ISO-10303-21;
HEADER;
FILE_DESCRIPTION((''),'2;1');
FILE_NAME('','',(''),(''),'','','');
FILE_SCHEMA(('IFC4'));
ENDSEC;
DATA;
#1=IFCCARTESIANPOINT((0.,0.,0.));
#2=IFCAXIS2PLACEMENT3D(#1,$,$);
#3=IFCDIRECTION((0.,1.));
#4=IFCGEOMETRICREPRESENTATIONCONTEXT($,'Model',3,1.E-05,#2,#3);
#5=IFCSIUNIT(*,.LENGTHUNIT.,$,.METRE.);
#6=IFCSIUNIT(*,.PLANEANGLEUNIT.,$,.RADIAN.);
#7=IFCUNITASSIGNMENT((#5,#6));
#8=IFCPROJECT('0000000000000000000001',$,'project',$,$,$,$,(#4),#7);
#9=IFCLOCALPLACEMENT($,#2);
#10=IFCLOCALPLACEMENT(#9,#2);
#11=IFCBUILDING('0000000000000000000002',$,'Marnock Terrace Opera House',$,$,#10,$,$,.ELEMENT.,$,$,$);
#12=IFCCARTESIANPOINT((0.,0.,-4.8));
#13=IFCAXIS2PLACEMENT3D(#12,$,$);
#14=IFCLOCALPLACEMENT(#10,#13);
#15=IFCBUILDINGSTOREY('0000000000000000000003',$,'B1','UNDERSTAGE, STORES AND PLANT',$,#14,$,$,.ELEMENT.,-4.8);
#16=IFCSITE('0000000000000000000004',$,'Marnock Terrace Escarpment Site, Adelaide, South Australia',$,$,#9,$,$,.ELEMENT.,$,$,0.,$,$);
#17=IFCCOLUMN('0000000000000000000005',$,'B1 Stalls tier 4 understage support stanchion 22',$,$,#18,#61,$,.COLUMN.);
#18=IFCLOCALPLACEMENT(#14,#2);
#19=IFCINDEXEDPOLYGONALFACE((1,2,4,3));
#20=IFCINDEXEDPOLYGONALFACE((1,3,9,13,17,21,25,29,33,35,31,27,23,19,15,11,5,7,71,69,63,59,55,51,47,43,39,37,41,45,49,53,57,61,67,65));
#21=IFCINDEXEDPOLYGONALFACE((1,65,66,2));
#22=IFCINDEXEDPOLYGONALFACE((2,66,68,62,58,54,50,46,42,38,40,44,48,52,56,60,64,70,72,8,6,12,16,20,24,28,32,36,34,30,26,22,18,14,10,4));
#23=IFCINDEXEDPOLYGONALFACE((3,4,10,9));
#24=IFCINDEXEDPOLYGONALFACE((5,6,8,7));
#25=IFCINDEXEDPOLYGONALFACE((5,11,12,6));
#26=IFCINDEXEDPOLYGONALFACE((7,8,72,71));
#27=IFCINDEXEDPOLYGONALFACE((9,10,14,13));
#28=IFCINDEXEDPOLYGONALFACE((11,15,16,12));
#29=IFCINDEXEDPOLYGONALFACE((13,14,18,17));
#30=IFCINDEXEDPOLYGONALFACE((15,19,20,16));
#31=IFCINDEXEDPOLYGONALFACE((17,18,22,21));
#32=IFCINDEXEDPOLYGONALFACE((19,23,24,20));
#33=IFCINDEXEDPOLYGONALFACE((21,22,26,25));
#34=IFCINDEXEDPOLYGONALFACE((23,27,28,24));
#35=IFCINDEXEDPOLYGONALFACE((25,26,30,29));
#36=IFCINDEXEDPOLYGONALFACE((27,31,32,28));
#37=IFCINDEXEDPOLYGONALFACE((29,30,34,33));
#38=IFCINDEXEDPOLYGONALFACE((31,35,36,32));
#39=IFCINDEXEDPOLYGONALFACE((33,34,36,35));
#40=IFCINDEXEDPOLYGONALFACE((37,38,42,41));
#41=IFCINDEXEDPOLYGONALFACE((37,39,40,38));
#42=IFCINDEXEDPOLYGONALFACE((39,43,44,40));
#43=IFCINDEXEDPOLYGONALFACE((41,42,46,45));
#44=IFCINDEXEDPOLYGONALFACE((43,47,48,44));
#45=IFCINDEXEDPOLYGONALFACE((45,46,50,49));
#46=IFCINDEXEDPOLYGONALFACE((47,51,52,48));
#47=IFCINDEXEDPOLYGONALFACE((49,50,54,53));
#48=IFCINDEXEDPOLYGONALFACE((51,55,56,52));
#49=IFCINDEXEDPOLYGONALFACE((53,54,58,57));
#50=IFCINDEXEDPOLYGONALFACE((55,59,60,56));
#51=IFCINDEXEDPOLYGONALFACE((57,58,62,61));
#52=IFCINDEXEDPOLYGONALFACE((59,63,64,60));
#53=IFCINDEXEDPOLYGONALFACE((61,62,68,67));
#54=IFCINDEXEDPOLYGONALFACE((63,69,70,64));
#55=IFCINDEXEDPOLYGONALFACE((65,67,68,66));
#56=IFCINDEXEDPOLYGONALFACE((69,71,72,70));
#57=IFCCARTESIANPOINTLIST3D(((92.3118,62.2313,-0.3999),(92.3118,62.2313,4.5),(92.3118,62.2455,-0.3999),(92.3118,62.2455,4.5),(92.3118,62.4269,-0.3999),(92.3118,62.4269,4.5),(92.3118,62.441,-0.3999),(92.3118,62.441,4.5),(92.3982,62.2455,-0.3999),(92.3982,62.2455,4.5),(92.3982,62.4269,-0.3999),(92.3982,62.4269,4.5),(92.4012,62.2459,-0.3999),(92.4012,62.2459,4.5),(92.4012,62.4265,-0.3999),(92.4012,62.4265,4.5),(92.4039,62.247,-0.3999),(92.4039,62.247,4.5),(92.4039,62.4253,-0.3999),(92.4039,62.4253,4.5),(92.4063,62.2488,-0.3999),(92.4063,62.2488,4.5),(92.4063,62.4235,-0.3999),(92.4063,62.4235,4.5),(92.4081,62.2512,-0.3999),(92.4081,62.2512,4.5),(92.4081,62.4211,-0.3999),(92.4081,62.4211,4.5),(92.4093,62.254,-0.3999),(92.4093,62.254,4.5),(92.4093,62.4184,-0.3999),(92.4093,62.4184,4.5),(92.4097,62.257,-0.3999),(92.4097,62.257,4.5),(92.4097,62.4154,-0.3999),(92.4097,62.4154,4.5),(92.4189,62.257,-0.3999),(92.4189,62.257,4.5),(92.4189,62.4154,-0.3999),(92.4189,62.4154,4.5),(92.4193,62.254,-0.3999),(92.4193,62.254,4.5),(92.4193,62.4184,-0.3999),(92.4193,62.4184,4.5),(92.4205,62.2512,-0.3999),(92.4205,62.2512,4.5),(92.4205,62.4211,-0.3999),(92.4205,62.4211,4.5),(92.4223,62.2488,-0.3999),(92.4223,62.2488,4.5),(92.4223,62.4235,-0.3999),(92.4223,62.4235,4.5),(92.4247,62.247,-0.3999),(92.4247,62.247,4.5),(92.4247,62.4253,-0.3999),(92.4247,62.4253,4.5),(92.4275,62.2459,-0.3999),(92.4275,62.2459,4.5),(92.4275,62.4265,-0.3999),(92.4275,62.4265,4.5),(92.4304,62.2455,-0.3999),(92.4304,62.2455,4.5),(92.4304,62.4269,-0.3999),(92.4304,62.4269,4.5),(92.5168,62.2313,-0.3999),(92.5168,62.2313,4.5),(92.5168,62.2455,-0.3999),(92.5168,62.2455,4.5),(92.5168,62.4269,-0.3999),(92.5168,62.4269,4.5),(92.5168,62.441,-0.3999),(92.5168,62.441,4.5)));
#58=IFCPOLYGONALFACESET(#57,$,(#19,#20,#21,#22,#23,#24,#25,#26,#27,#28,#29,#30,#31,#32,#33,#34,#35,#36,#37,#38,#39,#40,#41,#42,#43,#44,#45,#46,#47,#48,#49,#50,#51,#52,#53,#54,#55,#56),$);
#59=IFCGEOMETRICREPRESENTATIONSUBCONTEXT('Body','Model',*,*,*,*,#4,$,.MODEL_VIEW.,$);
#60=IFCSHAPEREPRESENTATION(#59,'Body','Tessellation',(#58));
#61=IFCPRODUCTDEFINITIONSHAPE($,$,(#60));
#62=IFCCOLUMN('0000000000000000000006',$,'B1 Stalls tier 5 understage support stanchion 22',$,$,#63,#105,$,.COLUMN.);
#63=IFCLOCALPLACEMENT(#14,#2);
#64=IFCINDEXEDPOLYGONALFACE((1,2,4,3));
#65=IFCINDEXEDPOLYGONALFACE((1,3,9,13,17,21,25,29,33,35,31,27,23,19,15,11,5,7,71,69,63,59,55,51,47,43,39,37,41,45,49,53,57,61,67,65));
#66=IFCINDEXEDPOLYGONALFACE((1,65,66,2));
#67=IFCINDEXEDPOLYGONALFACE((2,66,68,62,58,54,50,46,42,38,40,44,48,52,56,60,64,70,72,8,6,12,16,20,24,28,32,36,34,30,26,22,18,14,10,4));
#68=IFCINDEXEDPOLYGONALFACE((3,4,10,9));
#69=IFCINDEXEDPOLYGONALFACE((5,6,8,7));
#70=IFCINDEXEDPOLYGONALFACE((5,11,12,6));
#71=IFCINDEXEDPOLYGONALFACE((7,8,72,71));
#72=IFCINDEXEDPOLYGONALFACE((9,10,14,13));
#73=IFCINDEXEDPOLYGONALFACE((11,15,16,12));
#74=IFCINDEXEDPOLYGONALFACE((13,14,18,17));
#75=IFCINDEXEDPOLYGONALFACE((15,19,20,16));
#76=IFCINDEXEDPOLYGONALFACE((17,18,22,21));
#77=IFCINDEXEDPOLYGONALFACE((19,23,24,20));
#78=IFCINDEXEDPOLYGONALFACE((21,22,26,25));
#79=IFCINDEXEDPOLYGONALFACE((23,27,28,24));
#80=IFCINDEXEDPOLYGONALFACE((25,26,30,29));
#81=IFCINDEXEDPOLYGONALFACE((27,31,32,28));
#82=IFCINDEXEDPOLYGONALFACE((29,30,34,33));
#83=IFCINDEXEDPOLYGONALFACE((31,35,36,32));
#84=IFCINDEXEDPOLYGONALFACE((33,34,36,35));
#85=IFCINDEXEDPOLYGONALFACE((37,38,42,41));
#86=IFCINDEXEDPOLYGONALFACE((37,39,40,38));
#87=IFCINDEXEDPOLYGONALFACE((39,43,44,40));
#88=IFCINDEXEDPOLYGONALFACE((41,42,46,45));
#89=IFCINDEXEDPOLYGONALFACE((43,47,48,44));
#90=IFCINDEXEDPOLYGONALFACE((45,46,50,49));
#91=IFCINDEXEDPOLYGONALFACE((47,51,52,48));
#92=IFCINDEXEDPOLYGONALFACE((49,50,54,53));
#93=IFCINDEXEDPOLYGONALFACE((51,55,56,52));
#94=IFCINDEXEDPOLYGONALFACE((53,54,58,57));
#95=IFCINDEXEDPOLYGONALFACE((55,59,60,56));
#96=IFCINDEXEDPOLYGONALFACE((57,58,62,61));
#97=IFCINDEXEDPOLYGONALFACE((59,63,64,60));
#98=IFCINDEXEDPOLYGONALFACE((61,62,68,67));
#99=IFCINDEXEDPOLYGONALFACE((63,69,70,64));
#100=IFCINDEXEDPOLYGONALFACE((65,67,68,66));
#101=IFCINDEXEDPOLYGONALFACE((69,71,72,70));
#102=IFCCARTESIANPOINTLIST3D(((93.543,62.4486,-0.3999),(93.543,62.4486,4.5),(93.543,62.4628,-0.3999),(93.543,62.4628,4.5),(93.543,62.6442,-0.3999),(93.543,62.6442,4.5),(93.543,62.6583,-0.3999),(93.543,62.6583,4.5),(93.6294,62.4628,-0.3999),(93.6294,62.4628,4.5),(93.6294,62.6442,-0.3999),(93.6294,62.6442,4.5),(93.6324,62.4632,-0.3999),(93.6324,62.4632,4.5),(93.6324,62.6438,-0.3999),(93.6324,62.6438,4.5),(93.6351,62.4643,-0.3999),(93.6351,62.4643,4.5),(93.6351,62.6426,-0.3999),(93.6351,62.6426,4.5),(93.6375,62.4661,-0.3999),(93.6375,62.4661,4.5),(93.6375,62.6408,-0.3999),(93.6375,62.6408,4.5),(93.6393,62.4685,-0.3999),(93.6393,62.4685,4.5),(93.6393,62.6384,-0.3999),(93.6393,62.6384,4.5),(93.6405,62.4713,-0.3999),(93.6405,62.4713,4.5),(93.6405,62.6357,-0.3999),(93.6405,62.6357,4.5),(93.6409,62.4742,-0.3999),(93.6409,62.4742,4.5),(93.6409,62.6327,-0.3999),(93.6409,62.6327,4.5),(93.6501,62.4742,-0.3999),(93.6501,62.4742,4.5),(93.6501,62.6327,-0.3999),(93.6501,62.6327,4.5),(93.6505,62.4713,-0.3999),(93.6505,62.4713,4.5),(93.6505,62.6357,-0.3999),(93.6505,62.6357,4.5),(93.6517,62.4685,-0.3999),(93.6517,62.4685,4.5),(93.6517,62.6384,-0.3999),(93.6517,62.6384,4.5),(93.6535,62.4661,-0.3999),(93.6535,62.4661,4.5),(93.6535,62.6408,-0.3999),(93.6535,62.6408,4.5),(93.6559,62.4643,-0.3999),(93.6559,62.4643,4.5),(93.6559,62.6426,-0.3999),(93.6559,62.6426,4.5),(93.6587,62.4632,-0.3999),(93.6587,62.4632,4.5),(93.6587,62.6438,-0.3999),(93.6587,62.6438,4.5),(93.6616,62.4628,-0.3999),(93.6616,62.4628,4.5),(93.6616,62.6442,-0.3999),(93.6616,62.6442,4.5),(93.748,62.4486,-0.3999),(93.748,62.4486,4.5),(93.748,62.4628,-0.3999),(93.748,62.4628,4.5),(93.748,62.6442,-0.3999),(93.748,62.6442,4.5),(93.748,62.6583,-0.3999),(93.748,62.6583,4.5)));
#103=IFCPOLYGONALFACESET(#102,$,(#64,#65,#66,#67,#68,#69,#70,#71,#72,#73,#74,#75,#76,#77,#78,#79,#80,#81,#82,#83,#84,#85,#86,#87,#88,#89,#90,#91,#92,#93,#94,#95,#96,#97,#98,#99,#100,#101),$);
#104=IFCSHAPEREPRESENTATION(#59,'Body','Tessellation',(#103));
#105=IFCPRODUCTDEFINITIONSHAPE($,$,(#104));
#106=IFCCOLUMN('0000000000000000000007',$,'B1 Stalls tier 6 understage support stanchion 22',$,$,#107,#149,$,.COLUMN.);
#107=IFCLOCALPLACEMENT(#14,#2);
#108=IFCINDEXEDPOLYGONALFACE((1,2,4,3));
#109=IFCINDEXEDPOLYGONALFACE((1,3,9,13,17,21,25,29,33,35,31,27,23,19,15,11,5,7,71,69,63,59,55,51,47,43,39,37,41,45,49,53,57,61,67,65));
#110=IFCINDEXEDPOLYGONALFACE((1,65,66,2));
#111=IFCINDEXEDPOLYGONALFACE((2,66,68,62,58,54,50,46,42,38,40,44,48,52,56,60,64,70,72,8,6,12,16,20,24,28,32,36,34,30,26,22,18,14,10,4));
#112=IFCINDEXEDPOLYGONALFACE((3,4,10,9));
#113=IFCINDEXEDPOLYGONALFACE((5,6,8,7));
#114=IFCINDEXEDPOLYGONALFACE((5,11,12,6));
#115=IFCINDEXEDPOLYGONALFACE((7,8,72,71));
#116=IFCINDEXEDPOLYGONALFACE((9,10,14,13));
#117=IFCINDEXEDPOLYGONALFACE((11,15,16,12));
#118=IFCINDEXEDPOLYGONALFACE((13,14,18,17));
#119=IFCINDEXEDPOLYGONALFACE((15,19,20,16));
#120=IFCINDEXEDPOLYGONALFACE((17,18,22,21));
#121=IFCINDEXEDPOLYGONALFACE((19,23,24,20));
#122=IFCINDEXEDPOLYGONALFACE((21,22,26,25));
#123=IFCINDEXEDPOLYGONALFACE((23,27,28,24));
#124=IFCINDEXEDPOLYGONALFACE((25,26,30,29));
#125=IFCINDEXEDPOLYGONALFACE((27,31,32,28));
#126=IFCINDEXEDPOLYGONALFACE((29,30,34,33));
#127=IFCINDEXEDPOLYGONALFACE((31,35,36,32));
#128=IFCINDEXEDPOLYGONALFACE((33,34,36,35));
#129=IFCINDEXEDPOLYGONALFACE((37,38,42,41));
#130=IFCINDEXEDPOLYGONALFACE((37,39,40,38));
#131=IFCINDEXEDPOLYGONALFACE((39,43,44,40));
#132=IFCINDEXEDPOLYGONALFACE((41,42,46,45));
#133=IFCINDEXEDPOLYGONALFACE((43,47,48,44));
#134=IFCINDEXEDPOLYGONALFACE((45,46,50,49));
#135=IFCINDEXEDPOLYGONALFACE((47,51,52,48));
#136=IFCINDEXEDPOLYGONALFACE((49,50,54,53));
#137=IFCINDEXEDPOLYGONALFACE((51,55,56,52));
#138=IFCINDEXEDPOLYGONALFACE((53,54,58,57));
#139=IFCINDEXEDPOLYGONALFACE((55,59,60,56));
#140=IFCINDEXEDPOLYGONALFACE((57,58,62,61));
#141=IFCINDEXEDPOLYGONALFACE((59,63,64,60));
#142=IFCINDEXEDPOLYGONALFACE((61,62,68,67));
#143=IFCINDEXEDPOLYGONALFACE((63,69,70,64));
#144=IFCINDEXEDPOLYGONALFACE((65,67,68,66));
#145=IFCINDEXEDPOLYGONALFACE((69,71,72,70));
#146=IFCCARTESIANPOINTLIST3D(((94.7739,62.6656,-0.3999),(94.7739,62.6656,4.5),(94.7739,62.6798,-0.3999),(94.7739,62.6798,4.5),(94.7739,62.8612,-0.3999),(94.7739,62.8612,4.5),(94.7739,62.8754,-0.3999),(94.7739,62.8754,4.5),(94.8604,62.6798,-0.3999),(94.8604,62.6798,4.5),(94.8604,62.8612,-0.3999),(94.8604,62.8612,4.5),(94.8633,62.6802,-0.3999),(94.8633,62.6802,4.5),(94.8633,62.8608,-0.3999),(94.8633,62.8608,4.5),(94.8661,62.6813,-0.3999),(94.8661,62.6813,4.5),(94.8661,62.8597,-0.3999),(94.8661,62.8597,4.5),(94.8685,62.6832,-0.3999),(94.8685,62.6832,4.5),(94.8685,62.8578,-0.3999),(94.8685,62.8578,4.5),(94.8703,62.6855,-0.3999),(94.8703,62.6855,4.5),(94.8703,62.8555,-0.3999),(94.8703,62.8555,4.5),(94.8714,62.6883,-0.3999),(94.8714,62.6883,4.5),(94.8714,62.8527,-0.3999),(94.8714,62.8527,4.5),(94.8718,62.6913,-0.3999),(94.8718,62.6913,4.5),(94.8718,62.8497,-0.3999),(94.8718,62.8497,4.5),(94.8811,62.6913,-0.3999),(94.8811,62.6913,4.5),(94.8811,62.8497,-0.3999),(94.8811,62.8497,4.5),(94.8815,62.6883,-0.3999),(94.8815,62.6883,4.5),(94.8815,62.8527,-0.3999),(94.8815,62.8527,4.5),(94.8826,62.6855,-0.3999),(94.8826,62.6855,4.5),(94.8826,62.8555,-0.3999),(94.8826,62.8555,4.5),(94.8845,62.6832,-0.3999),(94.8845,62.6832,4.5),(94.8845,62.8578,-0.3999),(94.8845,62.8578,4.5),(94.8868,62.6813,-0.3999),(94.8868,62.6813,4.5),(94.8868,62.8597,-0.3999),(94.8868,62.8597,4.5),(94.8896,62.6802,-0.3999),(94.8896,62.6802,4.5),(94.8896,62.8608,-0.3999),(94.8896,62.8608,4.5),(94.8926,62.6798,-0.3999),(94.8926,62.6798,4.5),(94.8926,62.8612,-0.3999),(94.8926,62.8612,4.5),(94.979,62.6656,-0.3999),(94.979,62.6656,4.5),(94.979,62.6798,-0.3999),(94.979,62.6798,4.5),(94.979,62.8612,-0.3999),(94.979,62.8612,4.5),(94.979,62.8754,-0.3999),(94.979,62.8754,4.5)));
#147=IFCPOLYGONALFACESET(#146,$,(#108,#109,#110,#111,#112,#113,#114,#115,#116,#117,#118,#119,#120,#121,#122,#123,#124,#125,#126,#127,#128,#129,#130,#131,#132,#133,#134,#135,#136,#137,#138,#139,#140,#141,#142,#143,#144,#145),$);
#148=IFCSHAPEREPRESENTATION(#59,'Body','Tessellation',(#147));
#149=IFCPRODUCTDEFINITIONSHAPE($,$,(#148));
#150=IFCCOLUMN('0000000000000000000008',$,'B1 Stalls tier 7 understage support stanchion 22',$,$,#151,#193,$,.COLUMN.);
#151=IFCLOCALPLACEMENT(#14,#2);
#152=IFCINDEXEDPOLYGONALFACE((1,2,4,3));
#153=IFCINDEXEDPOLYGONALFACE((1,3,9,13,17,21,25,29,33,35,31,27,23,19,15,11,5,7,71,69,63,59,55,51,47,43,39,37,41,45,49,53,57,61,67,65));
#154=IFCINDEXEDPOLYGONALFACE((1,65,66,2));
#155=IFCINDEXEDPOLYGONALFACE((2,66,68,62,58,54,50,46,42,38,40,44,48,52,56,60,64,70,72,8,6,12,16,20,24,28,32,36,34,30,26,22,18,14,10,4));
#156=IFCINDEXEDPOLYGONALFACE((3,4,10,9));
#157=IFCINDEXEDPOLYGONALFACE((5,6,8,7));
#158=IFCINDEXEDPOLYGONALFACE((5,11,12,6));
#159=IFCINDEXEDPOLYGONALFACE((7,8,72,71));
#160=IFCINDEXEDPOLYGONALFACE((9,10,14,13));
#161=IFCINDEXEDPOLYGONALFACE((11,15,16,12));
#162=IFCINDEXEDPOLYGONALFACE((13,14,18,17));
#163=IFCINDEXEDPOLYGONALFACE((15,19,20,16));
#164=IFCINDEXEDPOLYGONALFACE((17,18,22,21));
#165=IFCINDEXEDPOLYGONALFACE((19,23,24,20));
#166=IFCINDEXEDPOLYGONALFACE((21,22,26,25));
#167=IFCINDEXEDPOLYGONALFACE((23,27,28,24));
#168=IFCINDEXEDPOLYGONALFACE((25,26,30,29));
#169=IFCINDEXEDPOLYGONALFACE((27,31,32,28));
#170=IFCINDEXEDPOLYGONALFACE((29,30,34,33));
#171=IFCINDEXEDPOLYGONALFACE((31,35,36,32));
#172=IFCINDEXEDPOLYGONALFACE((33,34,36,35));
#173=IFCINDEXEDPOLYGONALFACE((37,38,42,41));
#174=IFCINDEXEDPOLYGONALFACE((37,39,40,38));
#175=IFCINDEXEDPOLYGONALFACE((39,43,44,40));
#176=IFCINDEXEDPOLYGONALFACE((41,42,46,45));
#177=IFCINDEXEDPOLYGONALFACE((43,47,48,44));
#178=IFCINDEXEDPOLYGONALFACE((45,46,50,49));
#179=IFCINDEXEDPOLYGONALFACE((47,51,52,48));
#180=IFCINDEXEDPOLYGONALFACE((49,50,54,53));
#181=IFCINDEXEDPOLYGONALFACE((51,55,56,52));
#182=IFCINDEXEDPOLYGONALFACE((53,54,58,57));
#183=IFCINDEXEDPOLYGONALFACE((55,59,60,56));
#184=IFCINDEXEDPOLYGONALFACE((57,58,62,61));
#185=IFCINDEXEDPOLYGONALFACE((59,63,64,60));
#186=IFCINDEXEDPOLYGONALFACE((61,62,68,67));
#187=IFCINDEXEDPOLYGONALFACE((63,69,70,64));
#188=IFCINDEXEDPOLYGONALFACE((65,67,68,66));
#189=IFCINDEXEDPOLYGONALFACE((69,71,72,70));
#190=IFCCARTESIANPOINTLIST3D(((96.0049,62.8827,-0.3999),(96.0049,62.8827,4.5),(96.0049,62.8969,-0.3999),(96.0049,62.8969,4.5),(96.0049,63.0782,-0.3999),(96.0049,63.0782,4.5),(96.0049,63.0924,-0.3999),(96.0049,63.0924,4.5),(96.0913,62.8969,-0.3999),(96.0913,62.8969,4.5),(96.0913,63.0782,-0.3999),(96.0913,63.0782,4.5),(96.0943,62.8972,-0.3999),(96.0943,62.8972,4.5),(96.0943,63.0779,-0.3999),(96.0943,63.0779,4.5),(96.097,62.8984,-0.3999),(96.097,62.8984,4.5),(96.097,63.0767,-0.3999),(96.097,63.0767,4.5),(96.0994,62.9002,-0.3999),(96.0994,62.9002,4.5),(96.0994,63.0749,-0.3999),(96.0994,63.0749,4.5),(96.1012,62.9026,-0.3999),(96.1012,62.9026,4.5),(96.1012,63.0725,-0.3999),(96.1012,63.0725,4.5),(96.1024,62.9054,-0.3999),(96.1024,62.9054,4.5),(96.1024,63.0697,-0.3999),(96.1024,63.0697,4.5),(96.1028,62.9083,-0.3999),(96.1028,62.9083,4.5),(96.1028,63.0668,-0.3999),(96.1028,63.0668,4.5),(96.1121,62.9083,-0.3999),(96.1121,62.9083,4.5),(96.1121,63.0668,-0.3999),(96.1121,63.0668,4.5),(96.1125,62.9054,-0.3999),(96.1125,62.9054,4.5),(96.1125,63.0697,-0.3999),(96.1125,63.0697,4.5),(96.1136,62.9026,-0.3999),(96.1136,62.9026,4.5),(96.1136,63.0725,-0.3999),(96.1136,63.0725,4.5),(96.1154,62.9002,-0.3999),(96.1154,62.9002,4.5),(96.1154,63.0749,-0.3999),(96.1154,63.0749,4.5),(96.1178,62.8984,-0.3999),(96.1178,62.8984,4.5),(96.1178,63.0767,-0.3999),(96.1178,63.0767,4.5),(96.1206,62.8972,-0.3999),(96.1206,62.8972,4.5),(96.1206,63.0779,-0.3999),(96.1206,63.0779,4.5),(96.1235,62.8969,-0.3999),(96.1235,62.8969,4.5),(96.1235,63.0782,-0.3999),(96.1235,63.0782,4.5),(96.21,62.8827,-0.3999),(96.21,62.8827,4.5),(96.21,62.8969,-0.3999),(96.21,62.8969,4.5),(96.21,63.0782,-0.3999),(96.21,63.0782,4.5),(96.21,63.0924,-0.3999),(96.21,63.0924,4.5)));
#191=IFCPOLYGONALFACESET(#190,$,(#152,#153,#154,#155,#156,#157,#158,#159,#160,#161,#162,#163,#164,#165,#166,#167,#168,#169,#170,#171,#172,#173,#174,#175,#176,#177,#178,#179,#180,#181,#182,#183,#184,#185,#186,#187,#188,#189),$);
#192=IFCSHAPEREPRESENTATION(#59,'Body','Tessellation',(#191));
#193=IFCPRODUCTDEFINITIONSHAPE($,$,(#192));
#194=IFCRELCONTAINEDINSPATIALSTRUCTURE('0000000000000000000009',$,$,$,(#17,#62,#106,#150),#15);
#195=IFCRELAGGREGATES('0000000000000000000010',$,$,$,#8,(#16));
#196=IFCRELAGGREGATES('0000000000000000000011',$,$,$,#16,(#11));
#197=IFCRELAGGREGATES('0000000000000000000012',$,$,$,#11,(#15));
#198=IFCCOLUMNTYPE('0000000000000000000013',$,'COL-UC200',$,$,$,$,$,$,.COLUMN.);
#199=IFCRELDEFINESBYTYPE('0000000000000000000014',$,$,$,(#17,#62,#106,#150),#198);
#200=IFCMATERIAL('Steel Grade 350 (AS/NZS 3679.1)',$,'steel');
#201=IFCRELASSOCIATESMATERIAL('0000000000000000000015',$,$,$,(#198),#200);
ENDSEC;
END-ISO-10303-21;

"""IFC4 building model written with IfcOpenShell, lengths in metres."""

from ifc_helpers import new_model, si_unit, direction, frame, origin, origin_2d, place, context, subcontext, project, spatial, i_section, extrude, material, material_profile, profile_set, type_object, element, save


model = new_model("IFC4")

# Units and contexts
model_context = context("Model", 3, precision=1e-05, world=origin(), true_north=direction((0.0, 1.0)))
body_context = subcontext(model_context, "Body", "Model", "MODEL_VIEW")
ifc_project = project(units=[si_unit("LENGTHUNIT", "METRE"), si_unit("PLANEANGLEUNIT", "RADIAN")], contexts=[model_context])

# Site, building, storey
site_placement = place(None, origin())
site = spatial("IfcSite", under=ifc_project, at=site_placement, Name="Marnock Terrace Escarpment Site, Adelaide, South Australia", CompositionType="ELEMENT", RefElevation=0.0)
building_placement = place(site_placement, origin())
building = spatial("IfcBuilding", under=site, at=building_placement, Name="Marnock Terrace Opera House", CompositionType="ELEMENT")
storey_placement = place(building_placement, frame((0.0, 0.0, -4.8)))
storey = spatial("IfcBuildingStorey", under=building, at=storey_placement, Name="B1", Description="UNDERSTAGE, STORES AND PLANT", CompositionType="ELEMENT", Elevation=-4.8)

# Columns
ifc_material_1 = material(Name="Steel Grade 350 (AS/NZS 3679.1)", Category="steel")
ifc_material_profile_1 = material_profile(ifc_material_1, i_section(OverallWidth=0.2051, OverallDepth=0.2097, WebThickness=0.0093, FlangeThickness=0.0142, FilletRadius=0.0115, at=origin_2d()))
ifc_profile_set_1 = profile_set([ifc_material_profile_1], Name="Steel Grade 350 (AS/NZS 3679.1)")
column_type_1 = type_object("IfcColumnType", Name="COL-UC200", PredefinedType="COLUMN", material=ifc_profile_set_1)
for number, where, z_axis, x_axis, name in (
    (1, (92.4143, 62.3362, -0.3999), (0.0, 0.0, 1.0), (1.0, 0.0, 0.0), "B1 Stalls tier 4 understage support stanchion 22"),
    (2, (93.6455, 62.5535, -0.3999), (0.0, 0.0, 1.0), (1.0, 0.0, 0.0), "B1 Stalls tier 5 understage support stanchion 22"),
    (3, (94.8765, 62.7705, -0.3999), (0.0, 0.0, 1.0), (1.0, 0.0, 0.0), "B1 Stalls tier 6 understage support stanchion 22"),
    (4, (96.1074, 62.9875, -0.3999), (0.0, 0.0, 1.0), (1.0, 0.0, 0.0), "B1 Stalls tier 7 understage support stanchion 22"),
):
    element("IfcColumn", number, at=place(storey_placement, frame(where, z_axis=z_axis, x_axis=x_axis)), inside=storey, type_object=column_type_1, Name=name, PredefinedType="COLUMN", context=body_context, shape_type="SweptSolid", body=[
        extrude(i_section(OverallWidth=0.2051, OverallDepth=0.2097, WebThickness=0.0093, FlangeThickness=0.0142, FilletRadius=0.0115, at=origin_2d()), origin(), (0.0, 0.0, 1.0), 4.8999),
    ])

save(model, "model.ifc")
